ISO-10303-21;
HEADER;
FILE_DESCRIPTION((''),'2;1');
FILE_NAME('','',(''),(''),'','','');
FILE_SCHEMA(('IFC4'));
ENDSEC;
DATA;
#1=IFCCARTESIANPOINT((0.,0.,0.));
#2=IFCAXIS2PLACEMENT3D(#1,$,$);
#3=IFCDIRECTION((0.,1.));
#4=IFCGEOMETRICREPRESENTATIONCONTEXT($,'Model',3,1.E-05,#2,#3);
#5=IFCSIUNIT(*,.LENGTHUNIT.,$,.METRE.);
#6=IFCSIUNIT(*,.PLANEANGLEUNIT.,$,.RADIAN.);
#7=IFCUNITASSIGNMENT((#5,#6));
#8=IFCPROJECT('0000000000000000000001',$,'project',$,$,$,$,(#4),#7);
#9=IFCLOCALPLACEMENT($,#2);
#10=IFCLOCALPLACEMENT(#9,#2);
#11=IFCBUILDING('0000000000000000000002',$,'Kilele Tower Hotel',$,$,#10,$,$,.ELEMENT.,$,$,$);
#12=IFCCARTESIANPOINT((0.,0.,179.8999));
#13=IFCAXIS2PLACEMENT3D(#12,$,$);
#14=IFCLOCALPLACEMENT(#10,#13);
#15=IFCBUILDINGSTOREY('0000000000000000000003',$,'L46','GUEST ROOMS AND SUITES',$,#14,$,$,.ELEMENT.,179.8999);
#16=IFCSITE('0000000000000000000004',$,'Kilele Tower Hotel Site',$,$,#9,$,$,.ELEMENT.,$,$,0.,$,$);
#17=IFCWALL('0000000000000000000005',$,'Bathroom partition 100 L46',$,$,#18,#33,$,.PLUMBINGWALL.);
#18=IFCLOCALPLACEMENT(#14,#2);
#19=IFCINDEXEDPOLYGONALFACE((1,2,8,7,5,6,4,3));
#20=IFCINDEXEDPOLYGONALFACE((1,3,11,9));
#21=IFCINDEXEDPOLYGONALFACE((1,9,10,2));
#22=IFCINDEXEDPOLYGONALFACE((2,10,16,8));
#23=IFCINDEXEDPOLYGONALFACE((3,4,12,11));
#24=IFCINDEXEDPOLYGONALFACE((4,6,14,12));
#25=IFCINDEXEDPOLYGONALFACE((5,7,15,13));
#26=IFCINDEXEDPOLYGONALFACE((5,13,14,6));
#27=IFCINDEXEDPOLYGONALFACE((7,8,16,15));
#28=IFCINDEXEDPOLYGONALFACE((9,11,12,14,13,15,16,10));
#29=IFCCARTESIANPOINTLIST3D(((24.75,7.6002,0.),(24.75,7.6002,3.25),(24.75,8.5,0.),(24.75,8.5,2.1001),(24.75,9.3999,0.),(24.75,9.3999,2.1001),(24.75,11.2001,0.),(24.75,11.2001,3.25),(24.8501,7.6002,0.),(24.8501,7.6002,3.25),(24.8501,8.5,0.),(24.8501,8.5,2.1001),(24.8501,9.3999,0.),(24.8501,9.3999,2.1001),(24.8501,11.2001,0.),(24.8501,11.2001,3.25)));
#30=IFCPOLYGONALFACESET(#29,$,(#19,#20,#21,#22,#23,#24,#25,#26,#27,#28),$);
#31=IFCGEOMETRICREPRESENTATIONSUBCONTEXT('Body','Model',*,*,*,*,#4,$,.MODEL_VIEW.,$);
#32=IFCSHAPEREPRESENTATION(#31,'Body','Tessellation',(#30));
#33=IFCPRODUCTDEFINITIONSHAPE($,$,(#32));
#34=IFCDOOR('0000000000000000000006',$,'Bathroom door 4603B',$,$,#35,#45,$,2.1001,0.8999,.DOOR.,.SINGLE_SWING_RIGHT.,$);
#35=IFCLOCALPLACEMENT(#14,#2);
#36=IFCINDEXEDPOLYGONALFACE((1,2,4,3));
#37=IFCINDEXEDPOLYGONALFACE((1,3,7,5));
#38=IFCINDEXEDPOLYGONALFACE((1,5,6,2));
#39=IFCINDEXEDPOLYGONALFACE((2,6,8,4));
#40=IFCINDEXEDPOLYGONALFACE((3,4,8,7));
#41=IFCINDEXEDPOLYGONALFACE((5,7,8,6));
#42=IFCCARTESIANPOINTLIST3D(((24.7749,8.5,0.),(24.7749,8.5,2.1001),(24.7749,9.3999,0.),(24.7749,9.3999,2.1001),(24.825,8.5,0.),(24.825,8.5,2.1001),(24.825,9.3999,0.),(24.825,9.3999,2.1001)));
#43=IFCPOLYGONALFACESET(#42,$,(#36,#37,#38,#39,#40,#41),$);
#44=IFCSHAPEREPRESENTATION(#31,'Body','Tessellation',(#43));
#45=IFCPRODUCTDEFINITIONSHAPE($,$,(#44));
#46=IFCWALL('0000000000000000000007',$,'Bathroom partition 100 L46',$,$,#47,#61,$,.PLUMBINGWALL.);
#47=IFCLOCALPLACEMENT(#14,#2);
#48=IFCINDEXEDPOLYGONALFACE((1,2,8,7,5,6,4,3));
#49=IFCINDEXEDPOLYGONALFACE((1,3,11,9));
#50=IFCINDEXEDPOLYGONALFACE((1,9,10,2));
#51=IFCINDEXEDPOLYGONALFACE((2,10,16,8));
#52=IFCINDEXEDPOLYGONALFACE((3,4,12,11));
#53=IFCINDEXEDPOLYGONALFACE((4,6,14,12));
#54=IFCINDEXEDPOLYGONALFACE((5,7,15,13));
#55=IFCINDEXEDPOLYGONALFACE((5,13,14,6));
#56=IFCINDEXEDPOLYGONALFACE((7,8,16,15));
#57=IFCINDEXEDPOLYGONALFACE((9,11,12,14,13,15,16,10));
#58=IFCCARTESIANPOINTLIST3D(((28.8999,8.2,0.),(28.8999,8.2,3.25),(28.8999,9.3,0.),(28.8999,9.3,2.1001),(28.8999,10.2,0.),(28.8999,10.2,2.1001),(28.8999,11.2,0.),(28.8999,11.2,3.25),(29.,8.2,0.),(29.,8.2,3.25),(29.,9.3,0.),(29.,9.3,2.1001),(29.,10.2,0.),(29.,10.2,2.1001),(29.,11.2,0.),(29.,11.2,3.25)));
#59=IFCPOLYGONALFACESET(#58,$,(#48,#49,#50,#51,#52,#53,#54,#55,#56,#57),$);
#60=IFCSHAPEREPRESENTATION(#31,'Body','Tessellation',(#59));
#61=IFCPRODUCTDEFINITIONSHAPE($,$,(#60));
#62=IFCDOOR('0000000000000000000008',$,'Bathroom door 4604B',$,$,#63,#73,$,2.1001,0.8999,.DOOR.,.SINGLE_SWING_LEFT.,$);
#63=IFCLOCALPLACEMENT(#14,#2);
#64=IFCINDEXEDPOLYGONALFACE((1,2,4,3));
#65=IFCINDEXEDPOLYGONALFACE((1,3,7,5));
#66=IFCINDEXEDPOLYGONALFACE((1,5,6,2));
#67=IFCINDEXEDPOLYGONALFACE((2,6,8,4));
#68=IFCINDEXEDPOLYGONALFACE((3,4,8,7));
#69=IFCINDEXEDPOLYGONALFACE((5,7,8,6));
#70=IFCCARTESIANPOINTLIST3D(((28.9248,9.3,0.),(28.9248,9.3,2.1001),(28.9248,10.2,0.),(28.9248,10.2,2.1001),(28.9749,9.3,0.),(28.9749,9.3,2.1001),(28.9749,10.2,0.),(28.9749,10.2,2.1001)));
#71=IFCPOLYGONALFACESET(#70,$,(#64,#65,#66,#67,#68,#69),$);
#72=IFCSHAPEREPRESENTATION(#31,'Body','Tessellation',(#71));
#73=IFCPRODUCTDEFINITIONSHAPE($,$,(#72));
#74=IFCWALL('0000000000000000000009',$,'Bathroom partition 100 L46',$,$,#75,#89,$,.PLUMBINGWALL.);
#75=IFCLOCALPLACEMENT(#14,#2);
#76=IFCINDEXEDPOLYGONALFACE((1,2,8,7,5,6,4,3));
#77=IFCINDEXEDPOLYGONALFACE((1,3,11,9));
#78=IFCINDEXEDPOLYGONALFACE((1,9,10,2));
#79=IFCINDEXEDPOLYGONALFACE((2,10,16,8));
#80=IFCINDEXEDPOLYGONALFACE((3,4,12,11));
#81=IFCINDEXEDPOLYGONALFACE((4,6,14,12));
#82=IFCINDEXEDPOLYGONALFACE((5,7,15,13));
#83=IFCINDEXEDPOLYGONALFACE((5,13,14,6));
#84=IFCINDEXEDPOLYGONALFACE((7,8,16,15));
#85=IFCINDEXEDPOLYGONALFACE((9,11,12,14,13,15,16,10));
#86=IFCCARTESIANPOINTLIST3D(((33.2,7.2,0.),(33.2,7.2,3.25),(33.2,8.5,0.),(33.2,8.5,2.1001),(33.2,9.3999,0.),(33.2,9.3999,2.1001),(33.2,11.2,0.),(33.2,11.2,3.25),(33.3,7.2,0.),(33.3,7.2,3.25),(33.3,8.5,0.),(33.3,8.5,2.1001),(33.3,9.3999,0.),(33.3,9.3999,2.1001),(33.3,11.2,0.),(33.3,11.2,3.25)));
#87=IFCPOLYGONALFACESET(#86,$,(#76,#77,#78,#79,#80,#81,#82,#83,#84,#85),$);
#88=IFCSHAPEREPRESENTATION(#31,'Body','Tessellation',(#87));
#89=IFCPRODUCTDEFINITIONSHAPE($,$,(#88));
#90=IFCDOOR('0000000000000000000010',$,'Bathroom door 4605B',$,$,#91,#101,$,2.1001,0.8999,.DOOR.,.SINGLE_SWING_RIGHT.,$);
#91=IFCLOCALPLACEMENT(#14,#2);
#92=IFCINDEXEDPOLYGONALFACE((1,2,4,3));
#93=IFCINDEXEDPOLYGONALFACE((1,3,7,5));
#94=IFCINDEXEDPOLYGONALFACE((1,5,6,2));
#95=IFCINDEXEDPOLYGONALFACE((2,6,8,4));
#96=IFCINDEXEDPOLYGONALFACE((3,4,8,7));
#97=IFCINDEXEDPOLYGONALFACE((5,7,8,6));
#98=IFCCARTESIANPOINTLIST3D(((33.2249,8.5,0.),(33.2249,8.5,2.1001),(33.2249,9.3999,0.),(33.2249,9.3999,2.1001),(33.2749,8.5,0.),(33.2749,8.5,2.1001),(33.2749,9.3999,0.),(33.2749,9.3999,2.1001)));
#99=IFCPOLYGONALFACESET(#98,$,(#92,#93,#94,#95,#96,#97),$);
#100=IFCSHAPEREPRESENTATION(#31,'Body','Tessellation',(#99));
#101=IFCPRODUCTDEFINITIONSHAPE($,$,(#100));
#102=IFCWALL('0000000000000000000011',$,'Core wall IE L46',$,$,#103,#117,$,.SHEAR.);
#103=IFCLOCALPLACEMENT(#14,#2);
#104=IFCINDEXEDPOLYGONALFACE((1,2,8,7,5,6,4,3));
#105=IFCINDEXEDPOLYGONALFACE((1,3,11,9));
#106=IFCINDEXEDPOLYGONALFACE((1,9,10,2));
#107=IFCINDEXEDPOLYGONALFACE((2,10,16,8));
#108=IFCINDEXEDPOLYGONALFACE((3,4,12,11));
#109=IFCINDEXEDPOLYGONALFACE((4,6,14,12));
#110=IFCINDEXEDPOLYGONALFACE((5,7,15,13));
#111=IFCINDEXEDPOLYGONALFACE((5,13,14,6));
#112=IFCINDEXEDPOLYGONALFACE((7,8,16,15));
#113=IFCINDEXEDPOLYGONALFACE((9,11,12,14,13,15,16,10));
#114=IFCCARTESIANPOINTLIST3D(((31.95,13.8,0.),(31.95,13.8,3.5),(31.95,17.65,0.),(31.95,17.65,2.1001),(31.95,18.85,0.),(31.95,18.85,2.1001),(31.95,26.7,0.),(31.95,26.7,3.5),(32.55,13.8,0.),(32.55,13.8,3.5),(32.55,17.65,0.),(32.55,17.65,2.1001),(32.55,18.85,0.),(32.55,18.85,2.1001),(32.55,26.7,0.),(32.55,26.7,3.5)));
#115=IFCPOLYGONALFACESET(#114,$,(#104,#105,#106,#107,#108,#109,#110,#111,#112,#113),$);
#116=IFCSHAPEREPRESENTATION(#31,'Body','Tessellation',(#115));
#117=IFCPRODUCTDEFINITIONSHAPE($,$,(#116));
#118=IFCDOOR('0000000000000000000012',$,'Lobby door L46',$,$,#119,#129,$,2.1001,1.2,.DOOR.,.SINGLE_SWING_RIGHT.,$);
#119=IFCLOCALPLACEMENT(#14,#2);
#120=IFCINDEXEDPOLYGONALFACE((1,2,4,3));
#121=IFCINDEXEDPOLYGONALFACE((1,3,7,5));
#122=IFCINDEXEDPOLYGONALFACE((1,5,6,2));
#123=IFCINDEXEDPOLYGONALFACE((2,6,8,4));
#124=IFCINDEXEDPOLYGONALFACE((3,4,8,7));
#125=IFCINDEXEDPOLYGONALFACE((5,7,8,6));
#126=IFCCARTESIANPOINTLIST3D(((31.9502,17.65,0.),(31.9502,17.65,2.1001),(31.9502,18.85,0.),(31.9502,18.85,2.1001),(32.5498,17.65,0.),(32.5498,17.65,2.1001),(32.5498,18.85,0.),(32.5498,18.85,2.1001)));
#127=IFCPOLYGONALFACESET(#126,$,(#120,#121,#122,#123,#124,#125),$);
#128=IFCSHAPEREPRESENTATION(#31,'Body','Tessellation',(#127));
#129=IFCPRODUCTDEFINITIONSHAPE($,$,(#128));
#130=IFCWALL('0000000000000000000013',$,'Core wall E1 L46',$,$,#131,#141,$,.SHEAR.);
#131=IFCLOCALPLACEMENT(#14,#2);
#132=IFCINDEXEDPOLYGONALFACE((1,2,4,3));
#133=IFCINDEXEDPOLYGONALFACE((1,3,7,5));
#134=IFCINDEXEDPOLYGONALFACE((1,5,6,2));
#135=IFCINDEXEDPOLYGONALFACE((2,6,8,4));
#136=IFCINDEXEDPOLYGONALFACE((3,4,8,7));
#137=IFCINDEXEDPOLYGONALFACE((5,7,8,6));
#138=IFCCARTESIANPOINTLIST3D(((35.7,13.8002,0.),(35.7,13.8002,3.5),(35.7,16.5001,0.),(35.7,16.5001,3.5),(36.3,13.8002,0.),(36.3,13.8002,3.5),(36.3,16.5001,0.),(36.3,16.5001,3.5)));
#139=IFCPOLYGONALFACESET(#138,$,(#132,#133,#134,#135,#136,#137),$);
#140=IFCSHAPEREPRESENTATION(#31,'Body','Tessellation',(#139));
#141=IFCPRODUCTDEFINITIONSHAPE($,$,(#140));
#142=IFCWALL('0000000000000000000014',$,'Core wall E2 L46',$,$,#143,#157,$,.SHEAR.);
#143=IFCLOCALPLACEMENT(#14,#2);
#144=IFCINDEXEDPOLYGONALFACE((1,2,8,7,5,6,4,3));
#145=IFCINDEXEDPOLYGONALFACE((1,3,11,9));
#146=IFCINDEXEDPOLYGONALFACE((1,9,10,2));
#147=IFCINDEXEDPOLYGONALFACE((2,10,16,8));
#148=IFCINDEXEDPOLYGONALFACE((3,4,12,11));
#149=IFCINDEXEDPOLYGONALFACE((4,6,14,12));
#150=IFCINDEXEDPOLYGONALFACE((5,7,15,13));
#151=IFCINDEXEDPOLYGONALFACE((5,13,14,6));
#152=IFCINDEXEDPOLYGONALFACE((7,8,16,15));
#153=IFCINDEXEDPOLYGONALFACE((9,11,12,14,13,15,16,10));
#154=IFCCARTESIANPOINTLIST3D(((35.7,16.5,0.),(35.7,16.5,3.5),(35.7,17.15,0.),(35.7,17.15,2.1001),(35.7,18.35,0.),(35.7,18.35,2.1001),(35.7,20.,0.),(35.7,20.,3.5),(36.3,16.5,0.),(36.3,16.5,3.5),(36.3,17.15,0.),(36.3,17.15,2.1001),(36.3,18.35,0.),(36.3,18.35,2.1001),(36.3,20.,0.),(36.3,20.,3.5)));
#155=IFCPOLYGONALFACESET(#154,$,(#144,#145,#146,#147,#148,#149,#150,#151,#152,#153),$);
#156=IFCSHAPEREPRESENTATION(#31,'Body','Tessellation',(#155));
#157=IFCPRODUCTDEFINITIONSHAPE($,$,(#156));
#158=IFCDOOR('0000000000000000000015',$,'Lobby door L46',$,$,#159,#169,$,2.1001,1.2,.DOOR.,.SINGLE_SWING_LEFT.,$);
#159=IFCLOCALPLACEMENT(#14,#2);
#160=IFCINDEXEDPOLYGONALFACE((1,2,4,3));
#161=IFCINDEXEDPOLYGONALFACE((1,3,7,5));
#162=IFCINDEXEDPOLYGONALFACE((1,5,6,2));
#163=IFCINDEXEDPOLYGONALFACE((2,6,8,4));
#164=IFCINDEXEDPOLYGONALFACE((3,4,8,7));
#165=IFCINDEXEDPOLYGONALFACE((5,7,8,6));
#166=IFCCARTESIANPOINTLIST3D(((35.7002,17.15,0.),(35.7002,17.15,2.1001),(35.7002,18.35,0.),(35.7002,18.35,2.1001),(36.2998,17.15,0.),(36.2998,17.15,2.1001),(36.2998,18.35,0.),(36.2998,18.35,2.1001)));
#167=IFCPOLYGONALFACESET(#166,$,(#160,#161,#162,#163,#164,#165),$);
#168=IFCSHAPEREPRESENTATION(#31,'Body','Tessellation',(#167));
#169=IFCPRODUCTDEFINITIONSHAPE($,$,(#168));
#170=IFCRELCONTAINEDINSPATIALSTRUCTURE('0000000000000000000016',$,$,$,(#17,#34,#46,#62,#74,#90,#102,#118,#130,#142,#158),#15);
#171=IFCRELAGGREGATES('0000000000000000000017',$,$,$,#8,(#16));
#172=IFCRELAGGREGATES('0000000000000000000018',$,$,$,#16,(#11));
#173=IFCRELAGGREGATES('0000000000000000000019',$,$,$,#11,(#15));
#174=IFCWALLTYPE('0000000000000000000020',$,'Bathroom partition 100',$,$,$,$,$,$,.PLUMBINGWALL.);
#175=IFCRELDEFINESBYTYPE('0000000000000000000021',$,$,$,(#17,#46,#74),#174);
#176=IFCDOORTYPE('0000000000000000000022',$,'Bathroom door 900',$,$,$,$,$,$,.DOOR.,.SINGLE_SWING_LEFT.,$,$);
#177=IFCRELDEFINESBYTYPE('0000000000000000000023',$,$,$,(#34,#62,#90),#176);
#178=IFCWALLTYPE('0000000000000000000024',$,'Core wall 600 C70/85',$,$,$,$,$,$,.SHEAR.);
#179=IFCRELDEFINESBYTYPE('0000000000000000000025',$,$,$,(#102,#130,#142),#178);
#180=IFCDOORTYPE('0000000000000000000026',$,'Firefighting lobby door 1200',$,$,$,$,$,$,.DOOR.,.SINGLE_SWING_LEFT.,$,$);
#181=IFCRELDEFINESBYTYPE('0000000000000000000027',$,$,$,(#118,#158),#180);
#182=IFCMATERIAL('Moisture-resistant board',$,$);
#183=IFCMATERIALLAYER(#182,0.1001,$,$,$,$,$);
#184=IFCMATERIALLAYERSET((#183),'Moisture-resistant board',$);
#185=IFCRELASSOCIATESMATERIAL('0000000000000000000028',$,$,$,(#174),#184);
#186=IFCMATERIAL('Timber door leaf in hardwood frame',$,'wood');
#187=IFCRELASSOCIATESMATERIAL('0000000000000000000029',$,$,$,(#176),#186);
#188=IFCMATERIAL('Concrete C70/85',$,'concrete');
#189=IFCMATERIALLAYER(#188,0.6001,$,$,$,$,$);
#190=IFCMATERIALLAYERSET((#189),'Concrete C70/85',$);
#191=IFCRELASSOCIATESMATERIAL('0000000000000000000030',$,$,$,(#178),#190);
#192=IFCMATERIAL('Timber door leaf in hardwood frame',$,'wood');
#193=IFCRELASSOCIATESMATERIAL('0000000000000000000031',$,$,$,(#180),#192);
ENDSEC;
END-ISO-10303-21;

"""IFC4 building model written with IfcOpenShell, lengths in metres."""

from ifc_helpers import new_model, si_unit, direction, frame, frame_2d, origin, place, context, subcontext, project, spatial, rectangle, extrude, material, layer, layer_set, type_object, element, fill, save


model = new_model("IFC4")

# Units and contexts
model_context = context("Model", 3, precision=1e-05, world=origin(), true_north=direction((0.0, 1.0)))
body_context = subcontext(model_context, "Body", "Model", "MODEL_VIEW")
ifc_project = project(units=[si_unit("LENGTHUNIT", "METRE"), si_unit("PLANEANGLEUNIT", "RADIAN")], contexts=[model_context])

# Site, building, storey
site_placement = place(None, origin())
site = spatial("IfcSite", under=ifc_project, at=site_placement, Name="Kilele Tower Hotel Site", CompositionType="ELEMENT", RefElevation=0.0)
building_placement = place(site_placement, origin())
building = spatial("IfcBuilding", under=site, at=building_placement, Name="Kilele Tower Hotel", CompositionType="ELEMENT")
storey_placement = place(building_placement, frame((0.0, 0.0, 179.8999)))
storey = spatial("IfcBuildingStorey", under=building, at=storey_placement, Name="L46", Description="GUEST ROOMS AND SUITES", CompositionType="ELEMENT", Elevation=179.8999)

# Walls, openings, doors
ifc_material_1 = material(Name="Moisture-resistant board")
ifc_layer_1 = layer(ifc_material_1, 0.1001)
ifc_layer_set_1 = layer_set([ifc_layer_1], Name="Moisture-resistant board")
wall_type_1 = type_object("IfcWallType", Name="Bathroom partition 100", PredefinedType="PLUMBINGWALL", material=ifc_layer_set_1)
wall_1_placement = place(storey_placement, frame((24.8, 11.2, 0.0), z_axis=(0.0, 0.0, 1.0), x_axis=(0.0, -1.0, 0.0)))
wall_1 = element("IfcWall", 1, at=wall_1_placement, inside=storey, type_object=wall_type_1, Name="Bathroom partition 100 L46", PredefinedType="PLUMBINGWALL", context=body_context, shape_type="SweptSolid", body=[
    extrude(rectangle(XDim=3.5999, YDim=0.1001, at=frame_2d((1.7998, 0.0))), origin(), (0.0, 0.0, 1.0), 3.25),
])
opening_1_placement = place(wall_1_placement, frame((1.8, 0.0, 0.0)))
opening_1 = element("IfcOpeningElement", 2, at=opening_1_placement, cuts=wall_1, PredefinedType="OPENING", context=body_context, shape_type="SweptSolid", body=[
    extrude(rectangle(XDim=0.8999, YDim=2.1001, at=frame_2d((0.45, 1.05))), frame((0.0, 0.0601, 0.0), z_axis=(0.0, -1.0, 0.0), x_axis=(1.0, 0.0, 0.0)), (0.0, 0.0, 1.0), 0.1201),
])
ifc_material_2 = material(Name="Timber door leaf in hardwood frame", Category="wood")
door_type_1 = type_object("IfcDoorType", Name="Bathroom door 900", OperationType="SINGLE_SWING_LEFT", PredefinedType="DOOR", material=ifc_material_2)
door_1_placement = place(opening_1_placement, origin())
door_1 = element("IfcDoor", 3, at=door_1_placement, inside=storey, type_object=door_type_1, Name="Bathroom door 4603B", OperationType="SINGLE_SWING_RIGHT", OverallHeight=2.1001, OverallWidth=0.8999, PredefinedType="DOOR", context=body_context, shape_type="SweptSolid", body=[
    extrude(rectangle(XDim=0.8999, YDim=2.1001, at=frame_2d((0.45, 1.05))), frame((0.0, 0.0249, 0.0), z_axis=(0.0, -1.0, 0.0), x_axis=(1.0, 0.0, 0.0)), (0.0, 0.0, 1.0), 0.05),
])
fill(opening_1, door_1)
wall_2_placement = place(storey_placement, frame((28.95, 11.2, 0.0), z_axis=(0.0, 0.0, 1.0), x_axis=(0.0, -1.0, 0.0)))
wall_2 = element("IfcWall", 4, at=wall_2_placement, inside=storey, type_object=wall_type_1, Name="Bathroom partition 100 L46", PredefinedType="PLUMBINGWALL", context=body_context, shape_type="SweptSolid", body=[
    extrude(rectangle(XDim=3.0, YDim=0.1001, at=frame_2d((1.5, 0.0))), origin(), (0.0, 0.0, 1.0), 3.25),
])
opening_2_placement = place(wall_2_placement, frame((1.0, 0.0, 0.0)))
opening_2 = element("IfcOpeningElement", 5, at=opening_2_placement, cuts=wall_2, PredefinedType="OPENING", context=body_context, shape_type="SweptSolid", body=[
    extrude(rectangle(XDim=0.8999, YDim=2.1001, at=frame_2d((0.45, 1.05))), frame((0.0, 0.0601, 0.0), z_axis=(0.0, -1.0, 0.0), x_axis=(1.0, 0.0, 0.0)), (0.0, 0.0, 1.0), 0.1201),
])
door_2_placement = place(opening_2_placement, origin())
door_2 = element("IfcDoor", 6, at=door_2_placement, inside=storey, type_object=door_type_1, Name="Bathroom door 4604B", OperationType="SINGLE_SWING_LEFT", OverallHeight=2.1001, OverallWidth=0.8999, PredefinedType="DOOR", context=body_context, shape_type="SweptSolid", body=[
    extrude(rectangle(XDim=0.8999, YDim=2.1001, at=frame_2d((0.45, 1.05))), frame((0.0, 0.0249, 0.0), z_axis=(0.0, -1.0, 0.0), x_axis=(1.0, 0.0, 0.0)), (0.0, 0.0, 1.0), 0.05),
])
fill(opening_2, door_2)
wall_3_placement = place(storey_placement, frame((33.25, 11.2, 0.0), z_axis=(0.0, 0.0, 1.0), x_axis=(0.0, -1.0, 0.0)))
wall_3 = element("IfcWall", 7, at=wall_3_placement, inside=storey, type_object=wall_type_1, Name="Bathroom partition 100 L46", PredefinedType="PLUMBINGWALL", context=body_context, shape_type="SweptSolid", body=[
    extrude(rectangle(XDim=4.0, YDim=0.1001, at=frame_2d((2.0, 0.0))), origin(), (0.0, 0.0, 1.0), 3.25),
])
opening_3_placement = place(wall_3_placement, frame((1.8, 0.0, 0.0)))
opening_3 = element("IfcOpeningElement", 8, at=opening_3_placement, cuts=wall_3, PredefinedType="OPENING", context=body_context, shape_type="SweptSolid", body=[
    extrude(rectangle(XDim=0.8999, YDim=2.1001, at=frame_2d((0.45, 1.05))), frame((0.0, 0.0601, 0.0), z_axis=(0.0, -1.0, 0.0), x_axis=(1.0, 0.0, 0.0)), (0.0, 0.0, 1.0), 0.1201),
])
door_3_placement = place(opening_3_placement, origin())
door_3 = element("IfcDoor", 9, at=door_3_placement, inside=storey, type_object=door_type_1, Name="Bathroom door 4605B", OperationType="SINGLE_SWING_RIGHT", OverallHeight=2.1001, OverallWidth=0.8999, PredefinedType="DOOR", context=body_context, shape_type="SweptSolid", body=[
    extrude(rectangle(XDim=0.8999, YDim=2.1001, at=frame_2d((0.45, 1.05))), frame((0.0, 0.0249, 0.0), z_axis=(0.0, -1.0, 0.0), x_axis=(1.0, 0.0, 0.0)), (0.0, 0.0, 1.0), 0.05),
])
fill(opening_3, door_3)
ifc_material_3 = material(Name="Concrete C70/85", Category="concrete")
ifc_layer_2 = layer(ifc_material_3, 0.6001)
ifc_layer_set_2 = layer_set([ifc_layer_2], Name="Concrete C70/85")
wall_type_2 = type_object("IfcWallType", Name="Core wall 600 C70/85", PredefinedType="SHEAR", material=ifc_layer_set_2)
wall_4_placement = place(storey_placement, frame((32.25, 13.8, 0.0), z_axis=(0.0, 0.0, 1.0), x_axis=(0.0, 1.0, 0.0)))
wall_4 = element("IfcWall", 10, at=wall_4_placement, inside=storey, type_object=wall_type_2, Name="Core wall IE L46", PredefinedType="SHEAR", context=body_context, shape_type="SweptSolid", body=[
    extrude(rectangle(XDim=12.8999, YDim=0.6001, at=frame_2d((6.45, 0.0))), origin(), (0.0, 0.0, 1.0), 3.5),
])
opening_4_placement = place(wall_4_placement, frame((5.05, 0.0, 0.0), z_axis=(0.0, 0.0, 1.0), x_axis=(-1.0, 0.0, 0.0)))
opening_4 = element("IfcOpeningElement", 11, at=opening_4_placement, cuts=wall_4, PredefinedType="OPENING", context=body_context, shape_type="SweptSolid", body=[
    extrude(rectangle(XDim=1.2, YDim=2.1001, at=frame_2d((0.6001, 1.05))), frame((0.0, 0.3101, 0.0), z_axis=(0.0, -1.0, 0.0), x_axis=(1.0, 0.0, 0.0)), (0.0, 0.0, 1.0), 0.6201),
])
ifc_material_4 = material(Name="Timber door leaf in hardwood frame", Category="wood")
door_type_2 = type_object("IfcDoorType", Name="Firefighting lobby door 1200", OperationType="SINGLE_SWING_LEFT", PredefinedType="DOOR", material=ifc_material_4)
door_4_placement = place(opening_4_placement, origin())
door_4 = element("IfcDoor", 12, at=door_4_placement, inside=storey, type_object=door_type_2, Name="Lobby door L46", OperationType="SINGLE_SWING_RIGHT", OverallHeight=2.1001, OverallWidth=1.2, PredefinedType="DOOR", context=body_context, shape_type="SweptSolid", body=[
    extrude(rectangle(XDim=1.2, YDim=2.1001, at=frame_2d((0.6001, 1.05))), frame((0.0, 0.2998, 0.0), z_axis=(0.0, -1.0, 0.0), x_axis=(1.0, 0.0, 0.0)), (0.0, 0.0, 1.0), 0.5996),
])
fill(opening_4, door_4)

# Wall
wall_5_placement = place(storey_placement, frame((36.0, 13.8, 0.0), z_axis=(0.0, 0.0, 1.0), x_axis=(0.0, 1.0, 0.0)))
element("IfcWall", 13, at=wall_5_placement, inside=storey, type_object=wall_type_2, Name="Core wall E1 L46", PredefinedType="SHEAR", context=body_context, shape_type="SweptSolid", body=[
    extrude(rectangle(XDim=2.7, YDim=0.6001, at=frame_2d((1.3501, 0.0))), origin(), (0.0, 0.0, 1.0), 3.5),
])

# Wall, opening, door
wall_6_placement = place(storey_placement, frame((36.0, 16.5, 0.0), z_axis=(0.0, 0.0, 1.0), x_axis=(0.0, 1.0, 0.0)))
wall_6 = element("IfcWall", 14, at=wall_6_placement, inside=storey, type_object=wall_type_2, Name="Core wall E2 L46", PredefinedType="SHEAR", context=body_context, shape_type="SweptSolid", body=[
    extrude(rectangle(XDim=3.5, YDim=0.6001, at=frame_2d((1.75, 0.0))), origin(), (0.0, 0.0, 1.0), 3.5),
])
opening_5_placement = place(wall_6_placement, frame((0.6499, 0.0, 0.0)))
opening_5 = element("IfcOpeningElement", 15, at=opening_5_placement, cuts=wall_6, PredefinedType="OPENING", context=body_context, shape_type="SweptSolid", body=[
    extrude(rectangle(XDim=1.2, YDim=2.1001, at=frame_2d((0.6001, 1.05))), frame((0.0, 0.3101, 0.0), z_axis=(0.0, -1.0, 0.0), x_axis=(1.0, 0.0, 0.0)), (0.0, 0.0, 1.0), 0.6201),
])
door_5_placement = place(opening_5_placement, origin())
door_5 = element("IfcDoor", 16, at=door_5_placement, inside=storey, type_object=door_type_2, Name="Lobby door L46", OperationType="SINGLE_SWING_LEFT", OverallHeight=2.1001, OverallWidth=1.2, PredefinedType="DOOR", context=body_context, shape_type="SweptSolid", body=[
    extrude(rectangle(XDim=1.2, YDim=2.1001, at=frame_2d((0.6001, 1.05))), frame((0.0, 0.2998, 0.0), z_axis=(0.0, -1.0, 0.0), x_axis=(1.0, 0.0, 0.0)), (0.0, 0.0, 1.0), 0.5996),
])
fill(opening_5, door_5)

save(model, "model.ifc")
